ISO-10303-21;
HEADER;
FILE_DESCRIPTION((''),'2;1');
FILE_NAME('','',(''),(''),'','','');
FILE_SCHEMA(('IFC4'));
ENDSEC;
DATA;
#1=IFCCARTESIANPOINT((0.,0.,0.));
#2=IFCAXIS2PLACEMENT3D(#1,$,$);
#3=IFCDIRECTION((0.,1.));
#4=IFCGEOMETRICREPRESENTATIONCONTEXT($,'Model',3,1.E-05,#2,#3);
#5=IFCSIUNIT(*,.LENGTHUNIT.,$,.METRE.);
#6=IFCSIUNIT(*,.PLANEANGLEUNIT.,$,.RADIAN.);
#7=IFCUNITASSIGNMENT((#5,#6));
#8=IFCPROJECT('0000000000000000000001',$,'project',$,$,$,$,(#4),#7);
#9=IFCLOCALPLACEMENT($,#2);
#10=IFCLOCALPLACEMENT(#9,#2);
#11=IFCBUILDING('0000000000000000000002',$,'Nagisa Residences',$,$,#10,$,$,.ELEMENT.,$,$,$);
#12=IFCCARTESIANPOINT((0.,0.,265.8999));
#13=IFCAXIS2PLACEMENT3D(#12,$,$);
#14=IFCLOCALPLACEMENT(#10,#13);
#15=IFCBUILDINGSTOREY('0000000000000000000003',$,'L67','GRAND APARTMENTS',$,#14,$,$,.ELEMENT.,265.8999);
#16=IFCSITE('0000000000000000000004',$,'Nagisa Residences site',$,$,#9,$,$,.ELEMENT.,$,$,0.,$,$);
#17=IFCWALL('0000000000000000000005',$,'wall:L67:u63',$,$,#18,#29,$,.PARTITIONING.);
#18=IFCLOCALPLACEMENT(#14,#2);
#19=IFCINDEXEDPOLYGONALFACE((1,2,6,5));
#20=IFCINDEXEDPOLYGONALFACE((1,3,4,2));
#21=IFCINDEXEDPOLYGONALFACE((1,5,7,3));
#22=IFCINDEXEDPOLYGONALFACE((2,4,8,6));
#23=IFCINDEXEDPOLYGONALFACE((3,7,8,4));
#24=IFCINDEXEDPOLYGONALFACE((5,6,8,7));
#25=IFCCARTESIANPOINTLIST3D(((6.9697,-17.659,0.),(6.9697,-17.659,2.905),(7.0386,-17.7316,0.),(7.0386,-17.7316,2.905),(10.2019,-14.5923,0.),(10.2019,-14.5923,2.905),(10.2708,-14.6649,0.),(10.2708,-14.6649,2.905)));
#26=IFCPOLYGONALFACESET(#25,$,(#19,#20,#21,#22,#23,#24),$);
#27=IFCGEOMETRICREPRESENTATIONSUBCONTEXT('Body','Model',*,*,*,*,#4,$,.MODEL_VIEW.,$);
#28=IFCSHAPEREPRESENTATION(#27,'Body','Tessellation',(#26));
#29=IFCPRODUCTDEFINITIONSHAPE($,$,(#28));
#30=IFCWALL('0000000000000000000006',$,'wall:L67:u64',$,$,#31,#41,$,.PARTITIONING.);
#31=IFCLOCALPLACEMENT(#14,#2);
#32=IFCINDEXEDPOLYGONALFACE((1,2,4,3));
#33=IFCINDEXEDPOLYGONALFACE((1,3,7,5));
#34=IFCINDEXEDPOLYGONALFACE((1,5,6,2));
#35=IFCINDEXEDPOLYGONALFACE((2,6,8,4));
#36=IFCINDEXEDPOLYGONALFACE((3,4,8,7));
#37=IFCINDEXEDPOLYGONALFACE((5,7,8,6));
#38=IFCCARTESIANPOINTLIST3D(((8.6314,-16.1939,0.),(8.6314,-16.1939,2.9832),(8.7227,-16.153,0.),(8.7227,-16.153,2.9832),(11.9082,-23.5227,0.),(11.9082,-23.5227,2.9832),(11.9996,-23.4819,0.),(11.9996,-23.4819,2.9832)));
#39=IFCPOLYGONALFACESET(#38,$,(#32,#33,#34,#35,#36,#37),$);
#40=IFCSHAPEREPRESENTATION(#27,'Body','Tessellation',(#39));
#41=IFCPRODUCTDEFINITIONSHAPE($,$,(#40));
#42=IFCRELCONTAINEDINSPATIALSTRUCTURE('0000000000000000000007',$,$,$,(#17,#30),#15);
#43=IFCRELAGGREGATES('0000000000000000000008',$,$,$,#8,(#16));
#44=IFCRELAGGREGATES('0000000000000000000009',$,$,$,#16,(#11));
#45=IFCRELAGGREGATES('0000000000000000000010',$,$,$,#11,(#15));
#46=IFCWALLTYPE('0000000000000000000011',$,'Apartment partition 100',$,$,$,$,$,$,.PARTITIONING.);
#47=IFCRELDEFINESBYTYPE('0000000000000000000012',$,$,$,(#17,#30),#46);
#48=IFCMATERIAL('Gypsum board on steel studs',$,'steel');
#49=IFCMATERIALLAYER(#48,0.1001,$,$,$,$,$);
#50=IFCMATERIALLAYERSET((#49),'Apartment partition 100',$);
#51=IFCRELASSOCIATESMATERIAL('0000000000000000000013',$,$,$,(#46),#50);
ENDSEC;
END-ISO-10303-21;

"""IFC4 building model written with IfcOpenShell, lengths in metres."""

from ifc_helpers import new_model, si_unit, direction, frame, frame_2d, origin, place, context, subcontext, project, spatial, rectangle, extrude, material, layer, layer_set, type_object, element, save


model = new_model("IFC4")

# Units and contexts
model_context = context("Model", 3, precision=1e-05, world=origin(), true_north=direction((0.0, 1.0)))
body_context = subcontext(model_context, "Body", "Model", "MODEL_VIEW")
ifc_project = project(units=[si_unit("LENGTHUNIT", "METRE"), si_unit("PLANEANGLEUNIT", "RADIAN")], contexts=[model_context])

# Site, building, storey
site_placement = place(None, origin())
site = spatial("IfcSite", under=ifc_project, at=site_placement, Name="Nagisa Residences site", CompositionType="ELEMENT", RefElevation=0.0)
building_placement = place(site_placement, origin())
building = spatial("IfcBuilding", under=site, at=building_placement, Name="Nagisa Residences", CompositionType="ELEMENT")
storey_placement = place(building_placement, frame((0.0, 0.0, 265.8999)))
storey = spatial("IfcBuildingStorey", under=building, at=storey_placement, Name="L67", Description="GRAND APARTMENTS", CompositionType="ELEMENT", Elevation=265.8999)

# Shared definitions
ifc_material_1 = material(Name="Gypsum board on steel studs", Category="steel")
ifc_layer_1 = layer(ifc_material_1, 0.1001)
ifc_layer_set_1 = layer_set([ifc_layer_1], Name="Apartment partition 100")
wall_type_1 = type_object("IfcWallType", Name="Apartment partition 100", PredefinedType="PARTITIONING", material=ifc_layer_set_1)

# Walls
wall_1_placement = place(storey_placement, frame((7.0042, -17.6953, 0.0), z_axis=(0.0, 0.0, 1.0), x_axis=(0.725438, 0.688287, 0.0)))
element("IfcWall", 1, at=wall_1_placement, inside=storey, type_object=wall_type_1, Name="wall:L67:u63", PredefinedType="PARTITIONING", context=body_context, shape_type="SweptSolid", body=[
    extrude(rectangle(XDim=4.4556, YDim=0.1001, at=frame_2d((2.2278, 0.0))), origin(), (0.0, 0.0, 1.0), 2.905),
])
wall_2_placement = place(storey_placement, frame((8.677, -16.1733, 0.0), z_axis=(0.0, 0.0, 1.0), x_axis=(0.408175, -0.912904, 0.0)))
element("IfcWall", 2, at=wall_2_placement, inside=storey, type_object=wall_type_1, Name="wall:L67:u64", PredefinedType="PARTITIONING", context=body_context, shape_type="SweptSolid", body=[
    extrude(rectangle(XDim=8.0281, YDim=0.1001, at=frame_2d((4.0142, 0.0))), origin(), (0.0, 0.0, 1.0), 2.9832),
])

save(model, "model.ifc")
